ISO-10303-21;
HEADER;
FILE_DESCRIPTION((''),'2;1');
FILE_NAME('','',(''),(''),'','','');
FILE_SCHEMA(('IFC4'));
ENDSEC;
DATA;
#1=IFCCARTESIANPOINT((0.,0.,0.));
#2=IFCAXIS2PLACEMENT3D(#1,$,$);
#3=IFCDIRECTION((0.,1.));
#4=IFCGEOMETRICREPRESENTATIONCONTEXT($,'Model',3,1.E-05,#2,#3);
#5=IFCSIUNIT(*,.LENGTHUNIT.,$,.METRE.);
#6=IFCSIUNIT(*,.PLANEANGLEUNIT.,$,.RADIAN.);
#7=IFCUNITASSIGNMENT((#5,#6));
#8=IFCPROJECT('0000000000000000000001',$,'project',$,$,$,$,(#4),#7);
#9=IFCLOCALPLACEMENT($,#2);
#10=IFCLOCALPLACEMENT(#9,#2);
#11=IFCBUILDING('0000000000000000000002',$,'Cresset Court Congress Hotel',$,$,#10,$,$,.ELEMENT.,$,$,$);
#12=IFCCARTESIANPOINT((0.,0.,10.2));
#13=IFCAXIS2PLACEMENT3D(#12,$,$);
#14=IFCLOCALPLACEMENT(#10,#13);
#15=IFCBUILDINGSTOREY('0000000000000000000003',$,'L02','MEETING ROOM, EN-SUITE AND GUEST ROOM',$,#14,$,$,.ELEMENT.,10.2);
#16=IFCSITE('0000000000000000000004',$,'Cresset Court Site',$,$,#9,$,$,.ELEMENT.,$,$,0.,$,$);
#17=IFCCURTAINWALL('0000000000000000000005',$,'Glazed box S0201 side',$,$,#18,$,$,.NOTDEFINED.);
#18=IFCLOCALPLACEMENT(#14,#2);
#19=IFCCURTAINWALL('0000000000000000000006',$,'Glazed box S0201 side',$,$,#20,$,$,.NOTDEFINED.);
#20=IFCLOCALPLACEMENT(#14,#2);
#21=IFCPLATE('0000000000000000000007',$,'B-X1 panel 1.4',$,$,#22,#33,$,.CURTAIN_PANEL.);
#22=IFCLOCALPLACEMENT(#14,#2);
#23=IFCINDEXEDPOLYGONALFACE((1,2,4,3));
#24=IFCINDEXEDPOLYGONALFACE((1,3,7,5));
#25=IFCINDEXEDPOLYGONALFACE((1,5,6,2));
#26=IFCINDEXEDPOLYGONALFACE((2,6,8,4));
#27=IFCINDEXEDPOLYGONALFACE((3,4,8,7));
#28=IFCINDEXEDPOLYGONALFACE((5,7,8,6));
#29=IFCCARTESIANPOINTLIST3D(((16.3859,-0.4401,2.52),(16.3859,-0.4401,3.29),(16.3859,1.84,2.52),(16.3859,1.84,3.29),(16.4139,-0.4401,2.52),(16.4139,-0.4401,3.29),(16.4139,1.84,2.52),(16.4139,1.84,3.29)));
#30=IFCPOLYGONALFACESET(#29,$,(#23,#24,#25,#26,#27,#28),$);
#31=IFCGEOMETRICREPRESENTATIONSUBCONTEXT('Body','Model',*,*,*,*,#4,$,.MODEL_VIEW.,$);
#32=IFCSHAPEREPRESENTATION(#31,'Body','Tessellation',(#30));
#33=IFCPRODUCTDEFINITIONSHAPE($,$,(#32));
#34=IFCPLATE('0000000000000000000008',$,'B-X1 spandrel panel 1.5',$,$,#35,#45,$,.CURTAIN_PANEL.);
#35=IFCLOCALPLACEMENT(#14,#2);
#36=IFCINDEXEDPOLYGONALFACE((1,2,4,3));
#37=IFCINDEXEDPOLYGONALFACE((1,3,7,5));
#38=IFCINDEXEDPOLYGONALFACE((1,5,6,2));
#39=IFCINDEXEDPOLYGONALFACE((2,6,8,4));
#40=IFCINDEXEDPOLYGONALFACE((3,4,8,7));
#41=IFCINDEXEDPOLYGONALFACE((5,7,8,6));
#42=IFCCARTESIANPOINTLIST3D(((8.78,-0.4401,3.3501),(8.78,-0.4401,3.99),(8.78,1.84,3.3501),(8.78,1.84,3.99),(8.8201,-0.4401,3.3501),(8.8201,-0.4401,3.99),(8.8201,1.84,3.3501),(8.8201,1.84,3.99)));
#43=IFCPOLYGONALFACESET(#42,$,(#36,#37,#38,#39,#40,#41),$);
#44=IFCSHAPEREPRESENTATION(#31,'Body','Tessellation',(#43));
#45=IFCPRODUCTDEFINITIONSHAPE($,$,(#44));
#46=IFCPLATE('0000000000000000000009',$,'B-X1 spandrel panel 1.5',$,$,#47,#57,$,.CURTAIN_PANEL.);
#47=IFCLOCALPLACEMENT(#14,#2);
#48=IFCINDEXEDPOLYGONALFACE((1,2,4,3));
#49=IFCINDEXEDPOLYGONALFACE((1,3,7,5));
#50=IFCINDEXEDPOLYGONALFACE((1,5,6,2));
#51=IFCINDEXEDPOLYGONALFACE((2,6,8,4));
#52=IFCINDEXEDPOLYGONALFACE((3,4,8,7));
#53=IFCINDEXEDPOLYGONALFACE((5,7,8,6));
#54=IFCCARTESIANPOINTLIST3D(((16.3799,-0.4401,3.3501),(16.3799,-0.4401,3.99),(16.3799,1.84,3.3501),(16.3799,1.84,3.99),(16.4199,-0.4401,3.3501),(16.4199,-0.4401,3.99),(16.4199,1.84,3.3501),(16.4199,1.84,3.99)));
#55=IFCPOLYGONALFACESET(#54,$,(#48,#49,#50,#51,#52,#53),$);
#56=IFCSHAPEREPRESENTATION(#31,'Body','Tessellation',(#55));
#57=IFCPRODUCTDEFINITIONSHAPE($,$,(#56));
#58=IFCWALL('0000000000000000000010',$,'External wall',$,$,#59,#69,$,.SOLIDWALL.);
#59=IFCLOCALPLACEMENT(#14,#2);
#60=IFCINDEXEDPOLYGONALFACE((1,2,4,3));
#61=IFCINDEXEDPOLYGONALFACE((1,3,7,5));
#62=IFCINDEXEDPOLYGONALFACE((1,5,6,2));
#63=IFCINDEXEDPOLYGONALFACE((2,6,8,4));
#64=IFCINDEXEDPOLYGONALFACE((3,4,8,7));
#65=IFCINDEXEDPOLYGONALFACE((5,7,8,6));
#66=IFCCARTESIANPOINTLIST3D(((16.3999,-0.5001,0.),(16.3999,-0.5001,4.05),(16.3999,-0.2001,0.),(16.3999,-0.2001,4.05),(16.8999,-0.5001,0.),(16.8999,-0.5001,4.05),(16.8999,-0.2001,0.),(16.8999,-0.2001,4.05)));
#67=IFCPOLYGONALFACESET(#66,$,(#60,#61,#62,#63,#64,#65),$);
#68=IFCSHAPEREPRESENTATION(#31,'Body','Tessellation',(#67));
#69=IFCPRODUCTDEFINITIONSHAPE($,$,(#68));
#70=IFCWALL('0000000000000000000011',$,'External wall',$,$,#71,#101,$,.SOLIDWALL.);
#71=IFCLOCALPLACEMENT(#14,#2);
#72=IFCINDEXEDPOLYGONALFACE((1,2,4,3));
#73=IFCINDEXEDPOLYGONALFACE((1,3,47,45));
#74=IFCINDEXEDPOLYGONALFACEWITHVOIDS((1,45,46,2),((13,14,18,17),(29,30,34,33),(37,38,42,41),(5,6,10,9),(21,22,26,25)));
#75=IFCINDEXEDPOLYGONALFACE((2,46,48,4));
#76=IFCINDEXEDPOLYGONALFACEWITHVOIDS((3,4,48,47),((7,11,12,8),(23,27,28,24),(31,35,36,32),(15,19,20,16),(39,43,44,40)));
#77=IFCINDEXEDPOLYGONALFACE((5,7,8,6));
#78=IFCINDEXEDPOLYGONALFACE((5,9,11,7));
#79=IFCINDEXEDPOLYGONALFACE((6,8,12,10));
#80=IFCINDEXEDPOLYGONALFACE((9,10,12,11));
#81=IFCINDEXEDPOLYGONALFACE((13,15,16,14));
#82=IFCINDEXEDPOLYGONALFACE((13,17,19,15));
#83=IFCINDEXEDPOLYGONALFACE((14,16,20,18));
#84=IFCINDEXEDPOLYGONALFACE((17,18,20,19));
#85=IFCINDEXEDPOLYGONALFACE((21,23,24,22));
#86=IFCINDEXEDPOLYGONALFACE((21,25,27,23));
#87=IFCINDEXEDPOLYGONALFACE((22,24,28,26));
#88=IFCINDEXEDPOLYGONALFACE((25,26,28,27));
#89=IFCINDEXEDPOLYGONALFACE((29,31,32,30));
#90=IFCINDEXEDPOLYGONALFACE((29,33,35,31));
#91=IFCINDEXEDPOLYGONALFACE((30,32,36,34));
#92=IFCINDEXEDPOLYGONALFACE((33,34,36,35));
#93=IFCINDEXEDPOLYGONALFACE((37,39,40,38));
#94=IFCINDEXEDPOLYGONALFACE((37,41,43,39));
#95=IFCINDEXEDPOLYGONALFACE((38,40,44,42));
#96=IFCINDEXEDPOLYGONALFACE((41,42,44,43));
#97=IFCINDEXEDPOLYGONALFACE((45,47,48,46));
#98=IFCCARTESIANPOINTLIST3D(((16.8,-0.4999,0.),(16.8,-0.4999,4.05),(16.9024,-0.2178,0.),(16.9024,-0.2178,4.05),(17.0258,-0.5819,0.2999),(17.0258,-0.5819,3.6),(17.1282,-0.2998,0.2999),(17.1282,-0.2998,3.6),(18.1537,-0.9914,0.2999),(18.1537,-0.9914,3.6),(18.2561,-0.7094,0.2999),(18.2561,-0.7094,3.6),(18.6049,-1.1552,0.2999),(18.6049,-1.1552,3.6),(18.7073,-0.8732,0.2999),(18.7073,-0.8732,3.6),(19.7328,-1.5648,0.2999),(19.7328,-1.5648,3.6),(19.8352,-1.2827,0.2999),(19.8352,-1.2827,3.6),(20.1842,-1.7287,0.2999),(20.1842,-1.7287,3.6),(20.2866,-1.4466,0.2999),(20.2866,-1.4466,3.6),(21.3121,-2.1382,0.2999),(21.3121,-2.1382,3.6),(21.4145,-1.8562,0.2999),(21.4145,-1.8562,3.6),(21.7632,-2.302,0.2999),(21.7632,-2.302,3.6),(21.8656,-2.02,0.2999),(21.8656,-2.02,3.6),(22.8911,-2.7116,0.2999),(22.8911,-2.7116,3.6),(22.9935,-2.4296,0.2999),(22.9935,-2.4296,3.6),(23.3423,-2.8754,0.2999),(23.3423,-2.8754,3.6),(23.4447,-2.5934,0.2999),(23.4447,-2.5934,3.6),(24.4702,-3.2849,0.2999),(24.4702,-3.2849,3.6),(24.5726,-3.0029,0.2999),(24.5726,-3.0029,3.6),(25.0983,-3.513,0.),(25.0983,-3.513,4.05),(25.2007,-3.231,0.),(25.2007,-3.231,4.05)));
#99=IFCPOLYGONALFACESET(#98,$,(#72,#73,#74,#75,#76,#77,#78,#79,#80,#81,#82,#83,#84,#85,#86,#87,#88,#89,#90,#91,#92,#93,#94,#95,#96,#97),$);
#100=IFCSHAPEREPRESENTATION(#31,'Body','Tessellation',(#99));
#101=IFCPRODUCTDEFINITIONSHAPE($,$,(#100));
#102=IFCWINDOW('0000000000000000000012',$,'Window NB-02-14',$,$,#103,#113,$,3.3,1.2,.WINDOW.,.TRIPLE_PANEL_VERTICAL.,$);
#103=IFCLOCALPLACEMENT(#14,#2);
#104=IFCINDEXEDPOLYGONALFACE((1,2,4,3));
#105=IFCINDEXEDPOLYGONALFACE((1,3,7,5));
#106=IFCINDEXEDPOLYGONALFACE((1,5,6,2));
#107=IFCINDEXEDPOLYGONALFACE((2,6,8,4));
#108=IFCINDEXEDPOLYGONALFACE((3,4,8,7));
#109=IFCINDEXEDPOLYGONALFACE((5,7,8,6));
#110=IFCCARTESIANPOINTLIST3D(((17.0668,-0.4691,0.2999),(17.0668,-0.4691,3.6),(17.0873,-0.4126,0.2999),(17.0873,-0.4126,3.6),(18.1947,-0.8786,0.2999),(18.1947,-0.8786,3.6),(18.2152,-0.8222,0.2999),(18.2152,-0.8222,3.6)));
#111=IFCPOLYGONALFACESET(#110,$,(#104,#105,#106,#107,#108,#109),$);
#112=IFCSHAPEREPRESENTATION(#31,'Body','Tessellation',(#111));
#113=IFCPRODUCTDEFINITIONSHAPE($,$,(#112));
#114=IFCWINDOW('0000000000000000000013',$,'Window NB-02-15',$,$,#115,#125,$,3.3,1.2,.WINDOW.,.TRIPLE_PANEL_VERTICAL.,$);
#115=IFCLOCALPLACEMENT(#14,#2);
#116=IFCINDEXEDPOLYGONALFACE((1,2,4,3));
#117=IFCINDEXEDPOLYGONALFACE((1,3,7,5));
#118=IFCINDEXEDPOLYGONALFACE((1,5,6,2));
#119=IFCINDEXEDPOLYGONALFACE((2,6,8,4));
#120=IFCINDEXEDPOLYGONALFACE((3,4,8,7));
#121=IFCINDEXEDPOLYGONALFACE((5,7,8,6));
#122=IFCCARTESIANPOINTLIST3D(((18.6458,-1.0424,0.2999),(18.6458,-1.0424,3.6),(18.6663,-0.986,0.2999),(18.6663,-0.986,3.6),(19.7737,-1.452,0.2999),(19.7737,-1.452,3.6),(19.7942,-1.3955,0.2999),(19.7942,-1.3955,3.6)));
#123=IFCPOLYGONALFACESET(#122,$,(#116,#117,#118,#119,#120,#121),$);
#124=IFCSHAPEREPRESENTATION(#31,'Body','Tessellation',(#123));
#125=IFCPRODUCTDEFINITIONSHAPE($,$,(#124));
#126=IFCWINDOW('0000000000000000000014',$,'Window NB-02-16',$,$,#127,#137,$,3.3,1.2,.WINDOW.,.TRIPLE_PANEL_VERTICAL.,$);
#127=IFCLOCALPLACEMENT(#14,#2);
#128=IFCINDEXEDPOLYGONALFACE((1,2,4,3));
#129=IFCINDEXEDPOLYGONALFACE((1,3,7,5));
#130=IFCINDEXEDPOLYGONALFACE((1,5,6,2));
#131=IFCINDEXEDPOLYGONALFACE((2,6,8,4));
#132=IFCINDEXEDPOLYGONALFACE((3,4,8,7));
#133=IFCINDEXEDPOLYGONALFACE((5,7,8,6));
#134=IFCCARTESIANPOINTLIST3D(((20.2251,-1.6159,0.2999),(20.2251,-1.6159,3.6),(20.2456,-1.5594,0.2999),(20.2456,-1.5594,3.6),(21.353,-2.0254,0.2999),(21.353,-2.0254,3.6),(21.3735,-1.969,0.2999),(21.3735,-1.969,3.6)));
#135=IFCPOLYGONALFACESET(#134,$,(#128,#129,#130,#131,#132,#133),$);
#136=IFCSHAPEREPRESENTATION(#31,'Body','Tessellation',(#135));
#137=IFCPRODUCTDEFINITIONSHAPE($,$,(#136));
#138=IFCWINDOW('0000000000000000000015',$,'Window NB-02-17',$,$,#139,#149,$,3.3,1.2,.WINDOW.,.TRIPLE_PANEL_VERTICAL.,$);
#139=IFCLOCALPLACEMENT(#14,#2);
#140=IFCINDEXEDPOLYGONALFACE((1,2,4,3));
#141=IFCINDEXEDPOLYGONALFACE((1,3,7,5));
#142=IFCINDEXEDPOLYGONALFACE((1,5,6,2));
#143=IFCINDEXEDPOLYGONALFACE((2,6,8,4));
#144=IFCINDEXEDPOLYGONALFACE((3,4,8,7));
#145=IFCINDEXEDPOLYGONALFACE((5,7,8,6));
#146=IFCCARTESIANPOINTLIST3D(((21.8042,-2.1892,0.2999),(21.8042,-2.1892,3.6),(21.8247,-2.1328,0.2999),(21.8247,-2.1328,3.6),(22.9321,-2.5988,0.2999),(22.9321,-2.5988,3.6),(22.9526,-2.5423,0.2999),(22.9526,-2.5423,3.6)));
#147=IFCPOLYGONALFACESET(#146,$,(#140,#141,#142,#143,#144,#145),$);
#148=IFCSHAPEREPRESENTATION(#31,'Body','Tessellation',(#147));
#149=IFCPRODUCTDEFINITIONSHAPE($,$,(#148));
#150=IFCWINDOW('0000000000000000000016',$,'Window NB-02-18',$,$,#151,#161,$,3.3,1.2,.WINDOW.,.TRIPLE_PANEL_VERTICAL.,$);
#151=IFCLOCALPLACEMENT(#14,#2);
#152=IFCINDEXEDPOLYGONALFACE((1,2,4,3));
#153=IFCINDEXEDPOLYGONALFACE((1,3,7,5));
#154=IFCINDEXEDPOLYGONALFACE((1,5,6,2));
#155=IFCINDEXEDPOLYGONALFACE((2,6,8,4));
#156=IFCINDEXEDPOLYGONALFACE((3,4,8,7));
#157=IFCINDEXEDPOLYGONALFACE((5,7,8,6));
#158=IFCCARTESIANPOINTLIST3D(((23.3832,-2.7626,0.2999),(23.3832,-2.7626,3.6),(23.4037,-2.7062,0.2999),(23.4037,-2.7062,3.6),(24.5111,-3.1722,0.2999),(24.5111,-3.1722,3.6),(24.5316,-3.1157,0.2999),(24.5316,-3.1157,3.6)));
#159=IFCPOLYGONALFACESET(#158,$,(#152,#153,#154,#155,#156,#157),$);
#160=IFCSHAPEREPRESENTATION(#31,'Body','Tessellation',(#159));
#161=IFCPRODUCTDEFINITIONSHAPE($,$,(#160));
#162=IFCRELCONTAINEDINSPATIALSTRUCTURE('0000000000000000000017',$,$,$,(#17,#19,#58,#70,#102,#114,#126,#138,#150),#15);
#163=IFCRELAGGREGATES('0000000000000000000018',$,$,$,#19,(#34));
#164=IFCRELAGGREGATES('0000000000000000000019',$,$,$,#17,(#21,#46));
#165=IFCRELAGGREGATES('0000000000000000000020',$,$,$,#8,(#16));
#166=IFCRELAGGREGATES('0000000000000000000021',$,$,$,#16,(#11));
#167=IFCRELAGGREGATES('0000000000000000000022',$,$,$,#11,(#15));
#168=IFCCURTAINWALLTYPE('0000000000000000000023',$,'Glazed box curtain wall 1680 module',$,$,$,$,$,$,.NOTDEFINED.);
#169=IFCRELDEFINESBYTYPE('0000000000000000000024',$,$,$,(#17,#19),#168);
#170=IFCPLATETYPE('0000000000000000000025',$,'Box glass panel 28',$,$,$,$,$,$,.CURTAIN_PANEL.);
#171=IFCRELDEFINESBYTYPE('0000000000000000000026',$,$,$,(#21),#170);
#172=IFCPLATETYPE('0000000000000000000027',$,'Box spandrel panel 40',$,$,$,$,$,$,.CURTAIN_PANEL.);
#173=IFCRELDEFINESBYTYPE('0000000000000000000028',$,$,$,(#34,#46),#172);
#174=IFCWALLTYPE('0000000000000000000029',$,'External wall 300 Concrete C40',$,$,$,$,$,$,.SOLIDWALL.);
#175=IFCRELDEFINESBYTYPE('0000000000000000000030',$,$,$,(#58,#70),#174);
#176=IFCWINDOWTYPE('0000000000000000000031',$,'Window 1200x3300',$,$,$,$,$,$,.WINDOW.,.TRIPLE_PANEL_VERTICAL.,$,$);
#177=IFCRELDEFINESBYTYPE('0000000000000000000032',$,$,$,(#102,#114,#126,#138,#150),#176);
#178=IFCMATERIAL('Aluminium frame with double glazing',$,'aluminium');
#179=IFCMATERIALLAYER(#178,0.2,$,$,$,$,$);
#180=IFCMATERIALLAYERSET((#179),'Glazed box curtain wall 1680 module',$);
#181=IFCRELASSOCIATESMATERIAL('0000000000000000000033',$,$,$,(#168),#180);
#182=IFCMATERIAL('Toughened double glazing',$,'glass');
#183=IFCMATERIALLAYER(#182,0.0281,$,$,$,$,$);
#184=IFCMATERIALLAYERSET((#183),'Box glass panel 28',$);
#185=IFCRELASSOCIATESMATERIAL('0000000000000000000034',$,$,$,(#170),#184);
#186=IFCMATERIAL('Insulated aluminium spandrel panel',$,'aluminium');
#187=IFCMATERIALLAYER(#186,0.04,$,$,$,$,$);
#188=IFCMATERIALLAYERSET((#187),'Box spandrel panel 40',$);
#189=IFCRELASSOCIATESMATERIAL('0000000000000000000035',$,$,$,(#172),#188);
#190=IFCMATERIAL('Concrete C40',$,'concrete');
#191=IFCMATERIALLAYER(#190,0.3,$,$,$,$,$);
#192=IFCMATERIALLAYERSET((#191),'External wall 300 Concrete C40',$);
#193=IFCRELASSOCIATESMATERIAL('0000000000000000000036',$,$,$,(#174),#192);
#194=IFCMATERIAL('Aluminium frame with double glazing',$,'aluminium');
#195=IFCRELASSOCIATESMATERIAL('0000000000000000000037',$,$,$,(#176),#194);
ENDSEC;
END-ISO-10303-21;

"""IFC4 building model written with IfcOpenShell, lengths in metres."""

from ifc_helpers import new_model, si_unit, direction, frame, frame_2d, origin, origin_2d, place, context, subcontext, project, spatial, rectangle, extrude, material, layer, layer_set, type_object, element, fill, aggregate, save


model = new_model("IFC4")

# Units and contexts
model_context = context("Model", 3, precision=1e-05, world=origin(), true_north=direction((0.0, 1.0)))
body_context = subcontext(model_context, "Body", "Model", "MODEL_VIEW")
ifc_project = project(units=[si_unit("LENGTHUNIT", "METRE"), si_unit("PLANEANGLEUNIT", "RADIAN")], contexts=[model_context])

# Site, building, storey
site_placement = place(None, origin())
site = spatial("IfcSite", under=ifc_project, at=site_placement, Name="Cresset Court Site", CompositionType="ELEMENT", RefElevation=0.0)
building_placement = place(site_placement, origin())
building = spatial("IfcBuilding", under=site, at=building_placement, Name="Cresset Court Congress Hotel", CompositionType="ELEMENT")
storey_placement = place(building_placement, frame((0.0, 0.0, 10.2)))
storey = spatial("IfcBuildingStorey", under=building, at=storey_placement, Name="L02", Description="MEETING ROOM, EN-SUITE AND GUEST ROOM", CompositionType="ELEMENT", Elevation=10.2)

# Curtain walls
ifc_material_1 = material(Name="Aluminium frame with double glazing", Category="aluminium")
ifc_layer_1 = layer(ifc_material_1, 0.2)
ifc_layer_set_1 = layer_set([ifc_layer_1], Name="Glazed box curtain wall 1680 module")
curtain_wall_type = type_object("IfcCurtainWallType", Name="Glazed box curtain wall 1680 module", PredefinedType="NOTDEFINED", material=ifc_layer_set_1)
curtain_wall_1_placement = place(storey_placement, origin())
curtain_wall_1 = element("IfcCurtainWall", 1, at=curtain_wall_1_placement, inside=storey, type_object=curtain_wall_type, Name="Glazed box S0201 side", PredefinedType="NOTDEFINED")
curtain_wall_2_placement = place(storey_placement, origin())
curtain_wall_2 = element("IfcCurtainWall", 2, at=curtain_wall_2_placement, inside=storey, type_object=curtain_wall_type, Name="Glazed box S0201 side", PredefinedType="NOTDEFINED")

# Plates
ifc_material_2 = material(Name="Toughened double glazing", Category="glass")
ifc_layer_2 = layer(ifc_material_2, 0.0281)
ifc_layer_set_2 = layer_set([ifc_layer_2], Name="Box glass panel 28")
plate_type_1 = type_object("IfcPlateType", Name="Box glass panel 28", PredefinedType="CURTAIN_PANEL", material=ifc_layer_set_2)
plate_1_placement = place(storey_placement, frame((16.3999, 0.7, 2.52), z_axis=(0.0, 0.0, 1.0), x_axis=(0.0, 1.0, 0.0)))
plate_1 = element("IfcPlate", 3, at=plate_1_placement, type_object=plate_type_1, Name="B-X1 panel 1.4", PredefinedType="CURTAIN_PANEL", context=body_context, shape_type="SweptSolid", body=[
    extrude(rectangle(XDim=2.28, YDim=0.0281, at=origin_2d()), origin(), (0.0, 0.0, 1.0), 0.77),
])
ifc_material_3 = material(Name="Insulated aluminium spandrel panel", Category="aluminium")
ifc_layer_3 = layer(ifc_material_3, 0.04)
ifc_layer_set_3 = layer_set([ifc_layer_3], Name="Box spandrel panel 40")
plate_type_2 = type_object("IfcPlateType", Name="Box spandrel panel 40", PredefinedType="CURTAIN_PANEL", material=ifc_layer_set_3)
plate_2_placement = place(storey_placement, frame((8.8, 0.7, 3.3501), z_axis=(0.0, 0.0, 1.0), x_axis=(0.0, 1.0, 0.0)))
plate_2 = element("IfcPlate", 4, at=plate_2_placement, type_object=plate_type_2, Name="B-X1 spandrel panel 1.5", PredefinedType="CURTAIN_PANEL", context=body_context, shape_type="SweptSolid", body=[
    extrude(rectangle(XDim=2.28, YDim=0.04, at=origin_2d()), origin(), (0.0, 0.0, 1.0), 0.6399),
])
aggregate(curtain_wall_2, [plate_2])
plate_3_placement = place(storey_placement, frame((16.3999, 0.7, 3.3501), z_axis=(0.0, 0.0, 1.0), x_axis=(0.0, 1.0, 0.0)))
plate_3 = element("IfcPlate", 5, at=plate_3_placement, type_object=plate_type_2, Name="B-X1 spandrel panel 1.5", PredefinedType="CURTAIN_PANEL", context=body_context, shape_type="SweptSolid", body=[
    extrude(rectangle(XDim=2.28, YDim=0.04, at=origin_2d()), origin(), (0.0, 0.0, 1.0), 0.6399),
])
aggregate(curtain_wall_1, [plate_1, plate_3])

# Wall
ifc_material_4 = material(Name="Concrete C40", Category="concrete")
ifc_layer_4 = layer(ifc_material_4, 0.3)
ifc_layer_set_4 = layer_set([ifc_layer_4], Name="External wall 300 Concrete C40")
wall_type = type_object("IfcWallType", Name="External wall 300 Concrete C40", PredefinedType="SOLIDWALL", material=ifc_layer_set_4)
wall_1_placement = place(storey_placement, frame((16.3999, -0.3501, 0.0), z_axis=(0.0, 0.0, 1.0), x_axis=(1.0, 0.0, 0.0)))
element("IfcWall", 6, at=wall_1_placement, inside=storey, type_object=wall_type, Name="External wall", PredefinedType="SOLIDWALL", context=body_context, shape_type="SweptSolid", body=[
    extrude(rectangle(XDim=0.5, YDim=0.3, at=frame_2d((0.25, 0.0))), origin(), (0.0, 0.0, 1.0), 4.05),
])

# Wall, openings, windows
wall_2_placement = place(storey_placement, frame((16.8513, -0.3589, 0.0), z_axis=(0.0, 0.0, 1.0), x_axis=(0.939953, -0.341303, 0.0)))
wall_2 = element("IfcWall", 7, at=wall_2_placement, inside=storey, type_object=wall_type, Name="External wall", PredefinedType="SOLIDWALL", context=body_context, shape_type="SweptSolid", body=[
    extrude(rectangle(XDim=8.8284, YDim=0.3, at=frame_2d((4.4141, 0.0))), origin(), (0.0, 0.0, 1.0), 4.05),
])
opening_1_placement = place(wall_2_placement, frame((0.24, 0.0, 0.3)))
opening_1 = element("IfcOpeningElement", 8, at=opening_1_placement, cuts=wall_2, PredefinedType="OPENING", context=body_context, shape_type="SweptSolid", body=[
    extrude(rectangle(XDim=1.2, YDim=3.3, at=frame_2d((0.6001, 1.6499))), frame((0.0, 0.1599, 0.0), z_axis=(0.0, -1.0, 0.0), x_axis=(1.0, 0.0, 0.0)), (0.0, 0.0, 1.0), 0.3201),
])
opening_2_placement = place(wall_2_placement, frame((1.9199, 0.0, 0.3)))
opening_2 = element("IfcOpeningElement", 9, at=opening_2_placement, cuts=wall_2, PredefinedType="OPENING", context=body_context, shape_type="SweptSolid", body=[
    extrude(rectangle(XDim=1.2, YDim=3.3, at=frame_2d((0.6001, 1.6499))), frame((0.0, 0.1599, 0.0), z_axis=(0.0, -1.0, 0.0), x_axis=(1.0, 0.0, 0.0)), (0.0, 0.0, 1.0), 0.3201),
])
opening_3_placement = place(wall_2_placement, frame((3.6001, 0.0, 0.3)))
opening_3 = element("IfcOpeningElement", 10, at=opening_3_placement, cuts=wall_2, PredefinedType="OPENING", context=body_context, shape_type="SweptSolid", body=[
    extrude(rectangle(XDim=1.2, YDim=3.3, at=frame_2d((0.6001, 1.6499))), frame((0.0, 0.1599, 0.0), z_axis=(0.0, -1.0, 0.0), x_axis=(1.0, 0.0, 0.0)), (0.0, 0.0, 1.0), 0.3201),
])
opening_4_placement = place(wall_2_placement, frame((5.28, 0.0, 0.3)))
opening_4 = element("IfcOpeningElement", 11, at=opening_4_placement, cuts=wall_2, PredefinedType="OPENING", context=body_context, shape_type="SweptSolid", body=[
    extrude(rectangle(XDim=1.2, YDim=3.3, at=frame_2d((0.6001, 1.6499))), frame((0.0, 0.1599, 0.0), z_axis=(0.0, -1.0, 0.0), x_axis=(1.0, 0.0, 0.0)), (0.0, 0.0, 1.0), 0.3201),
])
opening_5_placement = place(wall_2_placement, frame((6.96, 0.0, 0.3)))
opening_5 = element("IfcOpeningElement", 12, at=opening_5_placement, cuts=wall_2, PredefinedType="OPENING", context=body_context, shape_type="SweptSolid", body=[
    extrude(rectangle(XDim=1.2, YDim=3.3, at=frame_2d((0.6001, 1.6499))), frame((0.0, 0.1599, 0.0), z_axis=(0.0, -1.0, 0.0), x_axis=(1.0, 0.0, 0.0)), (0.0, 0.0, 1.0), 0.3201),
])
ifc_material_5 = material(Name="Aluminium frame with double glazing", Category="aluminium")
window_type = type_object("IfcWindowType", Name="Window 1200x3300", PartitioningType="TRIPLE_PANEL_VERTICAL", PredefinedType="WINDOW", material=ifc_material_5)
window_1_placement = place(opening_1_placement, origin())
window_1 = element("IfcWindow", 13, at=window_1_placement, inside=storey, type_object=window_type, Name="Window NB-02-14", OverallHeight=3.3, OverallWidth=1.2, PartitioningType="TRIPLE_PANEL_VERTICAL", PredefinedType="WINDOW", context=body_context, shape_type="SweptSolid", body=[
    extrude(rectangle(XDim=1.2, YDim=3.3, at=frame_2d((0.6001, 1.6499))), frame((0.0, 0.03, 0.0), z_axis=(0.0, -1.0, 0.0), x_axis=(1.0, 0.0, 0.0)), (0.0, 0.0, 1.0), 0.0601),
])
fill(opening_1, window_1)
window_2_placement = place(opening_2_placement, origin())
window_2 = element("IfcWindow", 14, at=window_2_placement, inside=storey, type_object=window_type, Name="Window NB-02-15", OverallHeight=3.3, OverallWidth=1.2, PartitioningType="TRIPLE_PANEL_VERTICAL", PredefinedType="WINDOW", context=body_context, shape_type="SweptSolid", body=[
    extrude(rectangle(XDim=1.2, YDim=3.3, at=frame_2d((0.6001, 1.6499))), frame((0.0, 0.03, 0.0), z_axis=(0.0, -1.0, 0.0), x_axis=(1.0, 0.0, 0.0)), (0.0, 0.0, 1.0), 0.0601),
])
fill(opening_2, window_2)
window_3_placement = place(opening_3_placement, origin())
window_3 = element("IfcWindow", 15, at=window_3_placement, inside=storey, type_object=window_type, Name="Window NB-02-16", OverallHeight=3.3, OverallWidth=1.2, PartitioningType="TRIPLE_PANEL_VERTICAL", PredefinedType="WINDOW", context=body_context, shape_type="SweptSolid", body=[
    extrude(rectangle(XDim=1.2, YDim=3.3, at=frame_2d((0.6001, 1.6499))), frame((0.0, 0.03, 0.0), z_axis=(0.0, -1.0, 0.0), x_axis=(1.0, 0.0, 0.0)), (0.0, 0.0, 1.0), 0.0601),
])
fill(opening_3, window_3)
window_4_placement = place(opening_4_placement, origin())
window_4 = element("IfcWindow", 16, at=window_4_placement, inside=storey, type_object=window_type, Name="Window NB-02-17", OverallHeight=3.3, OverallWidth=1.2, PartitioningType="TRIPLE_PANEL_VERTICAL", PredefinedType="WINDOW", context=body_context, shape_type="SweptSolid", body=[
    extrude(rectangle(XDim=1.2, YDim=3.3, at=frame_2d((0.6001, 1.6499))), frame((0.0, 0.03, 0.0), z_axis=(0.0, -1.0, 0.0), x_axis=(1.0, 0.0, 0.0)), (0.0, 0.0, 1.0), 0.0601),
])
fill(opening_4, window_4)
window_5_placement = place(opening_5_placement, origin())
window_5 = element("IfcWindow", 17, at=window_5_placement, inside=storey, type_object=window_type, Name="Window NB-02-18", OverallHeight=3.3, OverallWidth=1.2, PartitioningType="TRIPLE_PANEL_VERTICAL", PredefinedType="WINDOW", context=body_context, shape_type="SweptSolid", body=[
    extrude(rectangle(XDim=1.2, YDim=3.3, at=frame_2d((0.6001, 1.6499))), frame((0.0, 0.03, 0.0), z_axis=(0.0, -1.0, 0.0), x_axis=(1.0, 0.0, 0.0)), (0.0, 0.0, 1.0), 0.0601),
])
fill(opening_5, window_5)

save(model, "model.ifc")
